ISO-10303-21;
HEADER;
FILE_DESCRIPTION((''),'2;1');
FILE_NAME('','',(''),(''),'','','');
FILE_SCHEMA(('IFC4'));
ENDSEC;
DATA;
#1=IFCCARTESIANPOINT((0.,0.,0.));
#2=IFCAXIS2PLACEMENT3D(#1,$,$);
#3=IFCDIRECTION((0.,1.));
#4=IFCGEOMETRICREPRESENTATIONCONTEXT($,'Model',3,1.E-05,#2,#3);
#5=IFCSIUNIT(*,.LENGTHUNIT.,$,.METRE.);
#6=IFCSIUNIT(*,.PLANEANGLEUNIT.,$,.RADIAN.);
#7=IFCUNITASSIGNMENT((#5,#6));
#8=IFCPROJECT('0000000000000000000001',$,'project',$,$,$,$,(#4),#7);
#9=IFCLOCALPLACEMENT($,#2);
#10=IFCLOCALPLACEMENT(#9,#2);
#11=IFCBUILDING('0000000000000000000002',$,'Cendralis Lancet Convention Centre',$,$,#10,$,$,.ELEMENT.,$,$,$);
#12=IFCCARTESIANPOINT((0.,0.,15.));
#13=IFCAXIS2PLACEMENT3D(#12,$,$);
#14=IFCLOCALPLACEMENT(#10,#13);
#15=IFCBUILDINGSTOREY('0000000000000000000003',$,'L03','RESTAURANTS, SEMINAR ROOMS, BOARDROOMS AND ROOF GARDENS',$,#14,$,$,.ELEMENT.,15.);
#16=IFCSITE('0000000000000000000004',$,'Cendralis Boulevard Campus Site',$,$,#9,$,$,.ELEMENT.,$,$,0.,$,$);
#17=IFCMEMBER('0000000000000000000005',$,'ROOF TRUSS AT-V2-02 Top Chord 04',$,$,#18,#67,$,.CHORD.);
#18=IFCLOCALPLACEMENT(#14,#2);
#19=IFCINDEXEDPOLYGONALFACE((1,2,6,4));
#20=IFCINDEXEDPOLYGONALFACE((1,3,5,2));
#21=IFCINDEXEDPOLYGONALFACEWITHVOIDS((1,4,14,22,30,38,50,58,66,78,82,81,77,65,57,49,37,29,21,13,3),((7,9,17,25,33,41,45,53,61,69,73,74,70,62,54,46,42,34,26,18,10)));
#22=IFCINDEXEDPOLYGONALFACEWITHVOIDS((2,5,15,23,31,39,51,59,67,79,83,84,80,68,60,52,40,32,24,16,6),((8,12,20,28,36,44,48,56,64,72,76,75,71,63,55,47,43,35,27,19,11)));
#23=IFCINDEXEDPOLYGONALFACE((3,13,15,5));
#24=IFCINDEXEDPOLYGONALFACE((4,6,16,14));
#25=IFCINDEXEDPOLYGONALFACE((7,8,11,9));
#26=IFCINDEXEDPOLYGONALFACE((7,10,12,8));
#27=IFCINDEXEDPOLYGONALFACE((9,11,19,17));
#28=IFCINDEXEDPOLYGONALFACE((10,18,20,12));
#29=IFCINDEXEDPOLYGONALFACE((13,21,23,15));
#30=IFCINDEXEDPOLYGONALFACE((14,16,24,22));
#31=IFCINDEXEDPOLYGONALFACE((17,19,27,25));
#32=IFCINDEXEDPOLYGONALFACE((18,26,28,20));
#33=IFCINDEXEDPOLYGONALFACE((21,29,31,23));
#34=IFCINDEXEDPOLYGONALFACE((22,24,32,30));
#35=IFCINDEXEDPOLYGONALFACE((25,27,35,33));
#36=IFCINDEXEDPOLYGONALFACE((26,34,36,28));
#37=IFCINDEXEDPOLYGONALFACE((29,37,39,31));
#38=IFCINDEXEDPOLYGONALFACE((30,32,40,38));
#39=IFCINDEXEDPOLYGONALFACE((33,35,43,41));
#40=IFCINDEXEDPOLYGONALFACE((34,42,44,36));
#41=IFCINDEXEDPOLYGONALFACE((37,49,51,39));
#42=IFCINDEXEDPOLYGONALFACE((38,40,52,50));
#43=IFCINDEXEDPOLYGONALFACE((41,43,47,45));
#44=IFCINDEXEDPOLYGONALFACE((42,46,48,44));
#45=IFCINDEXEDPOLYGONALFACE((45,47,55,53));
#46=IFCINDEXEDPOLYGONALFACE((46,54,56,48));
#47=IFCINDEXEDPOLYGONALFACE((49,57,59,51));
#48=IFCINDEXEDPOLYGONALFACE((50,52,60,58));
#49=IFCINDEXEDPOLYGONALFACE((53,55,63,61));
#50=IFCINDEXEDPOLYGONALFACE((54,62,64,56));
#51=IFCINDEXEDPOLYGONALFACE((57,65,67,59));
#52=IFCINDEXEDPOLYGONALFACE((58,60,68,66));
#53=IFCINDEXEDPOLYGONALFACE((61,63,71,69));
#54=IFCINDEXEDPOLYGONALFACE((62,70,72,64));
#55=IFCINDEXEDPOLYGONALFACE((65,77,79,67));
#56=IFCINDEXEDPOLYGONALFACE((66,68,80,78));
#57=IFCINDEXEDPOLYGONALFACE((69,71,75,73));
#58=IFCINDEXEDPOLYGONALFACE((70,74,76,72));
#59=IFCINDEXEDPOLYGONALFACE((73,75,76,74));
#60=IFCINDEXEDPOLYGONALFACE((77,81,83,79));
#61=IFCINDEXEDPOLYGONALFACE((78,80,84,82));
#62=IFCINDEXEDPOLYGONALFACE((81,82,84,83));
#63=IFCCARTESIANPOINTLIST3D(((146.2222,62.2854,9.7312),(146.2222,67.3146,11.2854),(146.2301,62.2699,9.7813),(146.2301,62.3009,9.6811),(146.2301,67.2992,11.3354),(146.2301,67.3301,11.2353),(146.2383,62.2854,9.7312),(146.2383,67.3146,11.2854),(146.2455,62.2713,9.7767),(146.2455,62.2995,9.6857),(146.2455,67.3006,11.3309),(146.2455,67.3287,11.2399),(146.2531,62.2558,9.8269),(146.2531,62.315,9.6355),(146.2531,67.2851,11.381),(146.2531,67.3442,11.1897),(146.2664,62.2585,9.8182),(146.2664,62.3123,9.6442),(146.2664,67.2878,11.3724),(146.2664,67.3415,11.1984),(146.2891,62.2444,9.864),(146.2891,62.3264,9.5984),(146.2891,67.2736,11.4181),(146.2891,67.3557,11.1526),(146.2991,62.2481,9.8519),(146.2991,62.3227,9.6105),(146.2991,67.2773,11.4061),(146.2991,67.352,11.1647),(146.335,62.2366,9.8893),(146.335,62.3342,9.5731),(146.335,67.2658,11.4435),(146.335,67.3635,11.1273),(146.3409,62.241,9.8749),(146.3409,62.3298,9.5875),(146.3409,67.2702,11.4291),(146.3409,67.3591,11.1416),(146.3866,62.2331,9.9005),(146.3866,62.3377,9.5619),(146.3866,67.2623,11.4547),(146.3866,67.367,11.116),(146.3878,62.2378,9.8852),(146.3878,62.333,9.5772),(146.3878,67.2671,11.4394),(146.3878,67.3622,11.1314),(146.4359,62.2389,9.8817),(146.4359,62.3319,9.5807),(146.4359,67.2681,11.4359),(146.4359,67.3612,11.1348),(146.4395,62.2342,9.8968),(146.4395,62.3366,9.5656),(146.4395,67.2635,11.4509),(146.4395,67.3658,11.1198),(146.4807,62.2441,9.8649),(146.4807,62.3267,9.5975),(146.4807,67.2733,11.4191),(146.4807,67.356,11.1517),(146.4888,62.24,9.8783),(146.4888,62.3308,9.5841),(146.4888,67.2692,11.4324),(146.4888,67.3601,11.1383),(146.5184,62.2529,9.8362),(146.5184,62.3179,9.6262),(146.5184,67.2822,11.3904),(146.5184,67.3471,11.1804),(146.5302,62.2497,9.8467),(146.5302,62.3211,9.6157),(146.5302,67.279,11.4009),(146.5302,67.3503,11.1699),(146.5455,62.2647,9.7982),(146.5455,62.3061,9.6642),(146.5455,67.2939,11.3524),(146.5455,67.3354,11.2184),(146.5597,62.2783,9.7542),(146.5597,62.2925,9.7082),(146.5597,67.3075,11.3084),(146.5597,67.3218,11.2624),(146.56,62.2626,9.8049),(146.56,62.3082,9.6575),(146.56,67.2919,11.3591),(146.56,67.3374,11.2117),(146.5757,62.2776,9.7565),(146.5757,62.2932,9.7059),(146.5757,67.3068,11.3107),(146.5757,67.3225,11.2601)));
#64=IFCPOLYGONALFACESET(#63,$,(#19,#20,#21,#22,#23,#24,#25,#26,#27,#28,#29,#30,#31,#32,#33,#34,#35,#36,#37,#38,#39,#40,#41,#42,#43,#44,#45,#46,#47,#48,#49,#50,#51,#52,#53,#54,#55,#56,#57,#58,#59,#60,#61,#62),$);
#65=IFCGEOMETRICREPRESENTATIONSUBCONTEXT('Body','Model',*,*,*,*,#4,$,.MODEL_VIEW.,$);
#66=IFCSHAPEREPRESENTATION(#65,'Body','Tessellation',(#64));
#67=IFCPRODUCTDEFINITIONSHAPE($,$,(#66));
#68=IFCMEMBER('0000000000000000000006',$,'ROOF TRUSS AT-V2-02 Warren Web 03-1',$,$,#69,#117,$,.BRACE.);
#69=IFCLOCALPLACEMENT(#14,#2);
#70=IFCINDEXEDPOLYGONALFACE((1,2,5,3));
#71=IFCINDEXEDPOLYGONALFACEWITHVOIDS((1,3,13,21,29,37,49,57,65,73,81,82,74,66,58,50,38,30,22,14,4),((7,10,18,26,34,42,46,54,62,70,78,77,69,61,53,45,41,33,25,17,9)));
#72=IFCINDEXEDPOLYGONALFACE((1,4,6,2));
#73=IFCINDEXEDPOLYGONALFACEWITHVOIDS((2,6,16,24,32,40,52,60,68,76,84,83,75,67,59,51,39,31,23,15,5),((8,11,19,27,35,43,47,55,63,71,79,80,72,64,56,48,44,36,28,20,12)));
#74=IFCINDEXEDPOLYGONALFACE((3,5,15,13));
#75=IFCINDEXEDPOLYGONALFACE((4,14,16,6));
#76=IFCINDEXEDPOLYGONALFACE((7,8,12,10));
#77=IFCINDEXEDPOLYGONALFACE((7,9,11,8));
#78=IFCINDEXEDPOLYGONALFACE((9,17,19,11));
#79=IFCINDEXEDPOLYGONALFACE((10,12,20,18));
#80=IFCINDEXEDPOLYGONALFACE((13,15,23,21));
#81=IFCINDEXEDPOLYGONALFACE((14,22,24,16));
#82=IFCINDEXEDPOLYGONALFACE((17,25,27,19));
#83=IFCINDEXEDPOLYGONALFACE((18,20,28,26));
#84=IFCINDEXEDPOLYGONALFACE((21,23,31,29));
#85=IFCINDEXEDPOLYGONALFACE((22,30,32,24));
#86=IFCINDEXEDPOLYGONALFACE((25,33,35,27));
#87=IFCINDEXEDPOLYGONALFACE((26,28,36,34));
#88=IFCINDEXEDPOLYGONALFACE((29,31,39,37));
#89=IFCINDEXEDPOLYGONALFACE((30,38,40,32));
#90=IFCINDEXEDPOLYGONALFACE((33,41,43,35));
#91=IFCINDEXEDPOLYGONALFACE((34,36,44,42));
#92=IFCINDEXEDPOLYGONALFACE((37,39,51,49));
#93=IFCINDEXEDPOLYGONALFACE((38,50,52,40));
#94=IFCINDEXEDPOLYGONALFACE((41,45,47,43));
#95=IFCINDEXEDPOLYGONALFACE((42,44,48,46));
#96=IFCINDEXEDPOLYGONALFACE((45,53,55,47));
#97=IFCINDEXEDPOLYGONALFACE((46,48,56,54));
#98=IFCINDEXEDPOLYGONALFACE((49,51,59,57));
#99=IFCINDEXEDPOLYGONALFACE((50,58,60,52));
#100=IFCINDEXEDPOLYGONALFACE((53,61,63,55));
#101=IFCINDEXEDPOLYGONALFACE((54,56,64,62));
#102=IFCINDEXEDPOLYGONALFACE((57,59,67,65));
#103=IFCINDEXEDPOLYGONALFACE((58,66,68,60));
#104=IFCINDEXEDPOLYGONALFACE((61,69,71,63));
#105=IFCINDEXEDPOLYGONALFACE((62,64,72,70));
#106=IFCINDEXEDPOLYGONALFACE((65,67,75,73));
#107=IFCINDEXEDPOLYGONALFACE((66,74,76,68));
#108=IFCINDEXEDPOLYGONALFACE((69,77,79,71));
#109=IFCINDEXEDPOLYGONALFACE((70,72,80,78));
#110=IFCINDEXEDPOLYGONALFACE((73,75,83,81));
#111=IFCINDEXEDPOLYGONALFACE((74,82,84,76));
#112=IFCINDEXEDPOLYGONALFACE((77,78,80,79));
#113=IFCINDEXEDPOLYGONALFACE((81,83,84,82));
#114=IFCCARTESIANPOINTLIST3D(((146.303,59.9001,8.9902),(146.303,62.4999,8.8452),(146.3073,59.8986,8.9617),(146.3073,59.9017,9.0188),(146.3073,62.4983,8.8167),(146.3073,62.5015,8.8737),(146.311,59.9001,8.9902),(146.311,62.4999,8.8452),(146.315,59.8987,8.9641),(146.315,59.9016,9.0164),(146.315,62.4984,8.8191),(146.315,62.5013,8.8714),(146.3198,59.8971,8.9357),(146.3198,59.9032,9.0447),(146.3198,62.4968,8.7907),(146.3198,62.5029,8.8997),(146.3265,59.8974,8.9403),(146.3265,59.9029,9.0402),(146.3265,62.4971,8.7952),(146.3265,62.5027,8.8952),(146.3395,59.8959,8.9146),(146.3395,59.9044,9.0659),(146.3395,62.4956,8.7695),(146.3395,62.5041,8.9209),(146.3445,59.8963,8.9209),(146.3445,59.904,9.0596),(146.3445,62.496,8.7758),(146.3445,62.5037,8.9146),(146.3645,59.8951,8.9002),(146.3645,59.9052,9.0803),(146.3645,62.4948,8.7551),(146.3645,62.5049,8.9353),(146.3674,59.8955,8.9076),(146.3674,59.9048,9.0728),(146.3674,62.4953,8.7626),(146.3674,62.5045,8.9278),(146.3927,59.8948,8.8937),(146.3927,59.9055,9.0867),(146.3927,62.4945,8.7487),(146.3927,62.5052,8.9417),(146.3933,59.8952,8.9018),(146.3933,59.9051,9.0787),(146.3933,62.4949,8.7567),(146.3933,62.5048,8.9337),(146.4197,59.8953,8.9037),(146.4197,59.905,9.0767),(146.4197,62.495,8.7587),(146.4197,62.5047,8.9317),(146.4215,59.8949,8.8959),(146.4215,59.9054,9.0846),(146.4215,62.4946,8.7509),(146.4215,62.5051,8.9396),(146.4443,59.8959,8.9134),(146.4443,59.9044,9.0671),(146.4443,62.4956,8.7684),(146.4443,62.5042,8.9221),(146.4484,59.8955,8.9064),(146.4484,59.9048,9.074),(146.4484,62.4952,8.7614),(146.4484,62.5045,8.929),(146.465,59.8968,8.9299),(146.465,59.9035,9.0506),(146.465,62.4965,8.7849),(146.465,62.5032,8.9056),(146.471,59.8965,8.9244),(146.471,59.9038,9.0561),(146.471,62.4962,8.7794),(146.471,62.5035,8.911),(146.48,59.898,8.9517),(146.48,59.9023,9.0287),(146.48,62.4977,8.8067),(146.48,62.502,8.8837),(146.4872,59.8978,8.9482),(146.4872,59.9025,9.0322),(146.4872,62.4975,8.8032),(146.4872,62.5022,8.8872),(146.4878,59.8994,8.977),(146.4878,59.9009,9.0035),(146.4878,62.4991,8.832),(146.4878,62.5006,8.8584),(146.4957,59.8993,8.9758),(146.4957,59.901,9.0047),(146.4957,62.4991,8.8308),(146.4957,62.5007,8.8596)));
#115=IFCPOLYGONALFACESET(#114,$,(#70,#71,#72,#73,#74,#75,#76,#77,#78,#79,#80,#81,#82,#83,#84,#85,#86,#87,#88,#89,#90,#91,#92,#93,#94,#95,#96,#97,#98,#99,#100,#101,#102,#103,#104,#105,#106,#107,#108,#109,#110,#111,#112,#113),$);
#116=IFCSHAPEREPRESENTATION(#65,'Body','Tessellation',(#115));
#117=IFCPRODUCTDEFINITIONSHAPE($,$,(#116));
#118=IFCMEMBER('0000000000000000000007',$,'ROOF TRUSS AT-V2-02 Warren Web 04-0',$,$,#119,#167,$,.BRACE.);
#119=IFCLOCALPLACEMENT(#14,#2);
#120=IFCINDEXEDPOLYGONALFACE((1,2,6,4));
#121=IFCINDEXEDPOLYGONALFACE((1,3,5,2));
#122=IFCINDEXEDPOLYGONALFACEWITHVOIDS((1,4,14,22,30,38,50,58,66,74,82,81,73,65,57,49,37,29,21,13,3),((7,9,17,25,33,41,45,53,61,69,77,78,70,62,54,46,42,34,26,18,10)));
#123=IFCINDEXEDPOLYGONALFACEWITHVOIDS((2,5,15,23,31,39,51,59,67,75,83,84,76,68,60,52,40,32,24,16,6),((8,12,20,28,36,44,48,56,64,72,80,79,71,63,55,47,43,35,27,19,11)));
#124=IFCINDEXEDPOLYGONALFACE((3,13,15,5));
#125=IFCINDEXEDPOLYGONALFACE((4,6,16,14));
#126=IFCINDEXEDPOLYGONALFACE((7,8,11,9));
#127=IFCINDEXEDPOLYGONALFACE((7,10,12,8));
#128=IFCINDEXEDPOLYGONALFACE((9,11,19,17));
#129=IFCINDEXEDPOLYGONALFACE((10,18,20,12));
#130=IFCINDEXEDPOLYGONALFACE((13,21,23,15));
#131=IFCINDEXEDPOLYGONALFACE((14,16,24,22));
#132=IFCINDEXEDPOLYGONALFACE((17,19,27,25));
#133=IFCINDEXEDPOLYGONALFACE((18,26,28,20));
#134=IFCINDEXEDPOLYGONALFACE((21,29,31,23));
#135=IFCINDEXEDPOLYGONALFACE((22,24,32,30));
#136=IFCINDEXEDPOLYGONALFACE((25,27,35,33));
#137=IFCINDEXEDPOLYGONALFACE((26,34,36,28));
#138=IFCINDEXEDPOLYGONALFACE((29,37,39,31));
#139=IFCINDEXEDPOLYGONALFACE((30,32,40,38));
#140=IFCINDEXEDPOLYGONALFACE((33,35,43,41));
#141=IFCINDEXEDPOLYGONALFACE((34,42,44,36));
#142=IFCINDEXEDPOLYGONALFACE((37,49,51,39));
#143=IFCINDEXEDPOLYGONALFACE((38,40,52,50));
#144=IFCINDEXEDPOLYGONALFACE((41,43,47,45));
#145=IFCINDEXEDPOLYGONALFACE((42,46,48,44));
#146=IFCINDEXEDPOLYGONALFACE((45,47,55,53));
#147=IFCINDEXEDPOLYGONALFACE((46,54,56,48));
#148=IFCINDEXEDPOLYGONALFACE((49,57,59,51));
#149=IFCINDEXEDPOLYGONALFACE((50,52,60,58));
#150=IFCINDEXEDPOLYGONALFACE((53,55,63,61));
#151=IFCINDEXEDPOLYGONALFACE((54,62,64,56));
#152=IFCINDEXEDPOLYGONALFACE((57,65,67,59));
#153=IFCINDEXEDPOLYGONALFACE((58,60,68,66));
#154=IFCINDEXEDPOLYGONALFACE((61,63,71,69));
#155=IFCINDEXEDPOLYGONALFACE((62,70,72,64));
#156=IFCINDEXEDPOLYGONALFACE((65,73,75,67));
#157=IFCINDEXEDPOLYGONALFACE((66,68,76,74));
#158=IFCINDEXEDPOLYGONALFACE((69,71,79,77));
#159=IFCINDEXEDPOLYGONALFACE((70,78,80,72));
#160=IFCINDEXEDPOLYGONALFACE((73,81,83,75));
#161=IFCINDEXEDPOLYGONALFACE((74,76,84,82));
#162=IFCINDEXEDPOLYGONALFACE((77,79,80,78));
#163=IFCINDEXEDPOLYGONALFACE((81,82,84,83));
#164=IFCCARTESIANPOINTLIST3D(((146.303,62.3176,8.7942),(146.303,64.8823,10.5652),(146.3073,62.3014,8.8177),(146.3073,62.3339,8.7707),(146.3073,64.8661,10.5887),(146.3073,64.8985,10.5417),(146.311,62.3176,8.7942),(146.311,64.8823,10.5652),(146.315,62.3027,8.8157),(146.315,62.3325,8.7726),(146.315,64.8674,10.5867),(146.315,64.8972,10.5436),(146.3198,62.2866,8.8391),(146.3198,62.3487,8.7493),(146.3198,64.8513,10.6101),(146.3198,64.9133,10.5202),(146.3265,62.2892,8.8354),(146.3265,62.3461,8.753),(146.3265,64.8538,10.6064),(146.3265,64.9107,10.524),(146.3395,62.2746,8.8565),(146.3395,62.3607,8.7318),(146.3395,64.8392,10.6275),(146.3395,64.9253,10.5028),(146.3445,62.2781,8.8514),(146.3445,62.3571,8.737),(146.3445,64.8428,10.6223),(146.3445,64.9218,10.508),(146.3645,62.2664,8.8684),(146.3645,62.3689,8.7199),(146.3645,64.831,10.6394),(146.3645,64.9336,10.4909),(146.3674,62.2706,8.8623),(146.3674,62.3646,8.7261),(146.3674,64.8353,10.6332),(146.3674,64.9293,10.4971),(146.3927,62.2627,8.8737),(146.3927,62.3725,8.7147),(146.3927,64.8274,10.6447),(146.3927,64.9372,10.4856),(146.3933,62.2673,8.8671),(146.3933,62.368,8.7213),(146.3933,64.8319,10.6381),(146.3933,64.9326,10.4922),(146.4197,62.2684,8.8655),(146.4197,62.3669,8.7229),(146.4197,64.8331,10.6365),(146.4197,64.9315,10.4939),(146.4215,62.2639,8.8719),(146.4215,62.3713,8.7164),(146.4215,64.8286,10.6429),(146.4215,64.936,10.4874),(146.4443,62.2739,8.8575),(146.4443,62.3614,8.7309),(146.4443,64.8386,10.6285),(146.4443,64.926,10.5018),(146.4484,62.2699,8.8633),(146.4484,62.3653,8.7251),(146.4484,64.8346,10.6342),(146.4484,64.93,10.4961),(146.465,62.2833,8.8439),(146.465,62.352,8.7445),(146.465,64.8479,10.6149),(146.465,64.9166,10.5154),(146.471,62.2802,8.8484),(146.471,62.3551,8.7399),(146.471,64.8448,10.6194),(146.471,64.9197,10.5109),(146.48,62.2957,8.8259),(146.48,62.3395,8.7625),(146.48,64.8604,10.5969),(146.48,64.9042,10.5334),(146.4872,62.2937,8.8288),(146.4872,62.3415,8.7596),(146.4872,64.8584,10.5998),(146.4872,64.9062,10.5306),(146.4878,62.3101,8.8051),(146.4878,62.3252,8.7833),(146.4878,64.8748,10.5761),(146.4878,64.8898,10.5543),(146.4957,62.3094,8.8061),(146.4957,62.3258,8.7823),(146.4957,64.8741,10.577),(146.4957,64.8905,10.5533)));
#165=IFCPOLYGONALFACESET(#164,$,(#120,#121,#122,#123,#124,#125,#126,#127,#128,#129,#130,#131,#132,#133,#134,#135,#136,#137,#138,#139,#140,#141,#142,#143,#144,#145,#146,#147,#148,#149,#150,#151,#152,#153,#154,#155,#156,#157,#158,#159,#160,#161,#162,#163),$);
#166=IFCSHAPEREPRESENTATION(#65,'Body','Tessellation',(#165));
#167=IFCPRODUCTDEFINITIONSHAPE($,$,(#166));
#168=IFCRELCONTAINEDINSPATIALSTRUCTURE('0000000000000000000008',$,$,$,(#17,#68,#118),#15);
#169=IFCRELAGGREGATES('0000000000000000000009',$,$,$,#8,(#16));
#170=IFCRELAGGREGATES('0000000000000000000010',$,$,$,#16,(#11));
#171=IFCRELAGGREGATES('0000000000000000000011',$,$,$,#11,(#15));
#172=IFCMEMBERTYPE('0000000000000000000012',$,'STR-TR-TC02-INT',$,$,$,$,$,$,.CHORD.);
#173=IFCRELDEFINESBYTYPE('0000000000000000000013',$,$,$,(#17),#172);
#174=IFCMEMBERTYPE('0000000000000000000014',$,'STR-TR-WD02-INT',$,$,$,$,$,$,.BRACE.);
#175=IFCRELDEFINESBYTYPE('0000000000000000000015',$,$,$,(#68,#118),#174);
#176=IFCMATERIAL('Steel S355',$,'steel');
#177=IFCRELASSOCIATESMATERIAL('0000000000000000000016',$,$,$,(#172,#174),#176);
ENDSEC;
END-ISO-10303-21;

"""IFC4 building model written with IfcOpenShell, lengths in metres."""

from ifc_helpers import new_model, si_unit, direction, frame, origin, origin_2d, place, context, subcontext, project, spatial, hollow_circle, extrude, material, material_profile, profile_set, type_object, element, save


model = new_model("IFC4")

# Units and contexts
model_context = context("Model", 3, precision=1e-05, world=origin(), true_north=direction((0.0, 1.0)))
body_context = subcontext(model_context, "Body", "Model", "MODEL_VIEW")
ifc_project = project(units=[si_unit("LENGTHUNIT", "METRE"), si_unit("PLANEANGLEUNIT", "RADIAN")], contexts=[model_context])

# Site, building, storey
site_placement = place(None, origin())
site = spatial("IfcSite", under=ifc_project, at=site_placement, Name="Cendralis Boulevard Campus Site", CompositionType="ELEMENT", RefElevation=0.0)
building_placement = place(site_placement, origin())
building = spatial("IfcBuilding", under=site, at=building_placement, Name="Cendralis Lancet Convention Centre", CompositionType="ELEMENT")
storey_placement = place(building_placement, frame((0.0, 0.0, 15.0)))
storey = spatial("IfcBuildingStorey", under=building, at=storey_placement, Name="L03", Description="RESTAURANTS, SEMINAR ROOMS, BOARDROOMS AND ROOF GARDENS", CompositionType="ELEMENT", Elevation=15.0)

# Shared definitions
ifc_material_1 = material(Name="Steel S355", Category="steel")

# Members
ifc_material_profile_1 = material_profile(ifc_material_1, hollow_circle(Radius=0.1777, WallThickness=0.0161, at=origin_2d()), Name="CHS 355.6x16.0")
ifc_profile_set_1 = profile_set([ifc_material_profile_1], Name="Steel S355")
member_type_1 = type_object("IfcMemberType", Name="STR-TR-TC02-INT", PredefinedType="CHORD", material=ifc_profile_set_1)
member_1_placement = place(storey_placement, frame((146.3999, 62.2854, 9.7312), z_axis=(0.0, 0.955419, 0.295252), x_axis=(-1.0, 0.0, 0.0)))
element("IfcMember", 1, at=member_1_placement, inside=storey, type_object=member_type_1, Name="ROOF TRUSS AT-V2-02 Top Chord 04", PredefinedType="CHORD", context=body_context, shape_type="SweptSolid", body=[
    extrude(hollow_circle(Radius=0.1777, WallThickness=0.0161, at=origin_2d()), origin(), (0.0, 0.0, 1.0), 5.2639),
])
ifc_material_profile_2 = material_profile(ifc_material_1, hollow_circle(Radius=0.0969, WallThickness=0.0081, at=origin_2d()), Name="CHS 193.7x8.0")
ifc_profile_set_2 = profile_set([ifc_material_profile_2], Name="Steel S355")
member_type_2 = type_object("IfcMemberType", Name="STR-TR-WD02-INT", PredefinedType="BRACE", material=ifc_profile_set_2)
member_2_placement = place(storey_placement, frame((146.3999, 59.9001, 8.9902), z_axis=(0.0, 0.998448, -0.055699), x_axis=(-1.0, 0.0, 0.0)))
element("IfcMember", 2, at=member_2_placement, inside=storey, type_object=member_type_2, Name="ROOF TRUSS AT-V2-02 Warren Web 03-1", PredefinedType="BRACE", context=body_context, shape_type="SweptSolid", body=[
    extrude(hollow_circle(Radius=0.0969, WallThickness=0.0081, at=origin_2d()), origin(), (0.0, 0.0, 1.0), 2.6038),
])
member_3_placement = place(storey_placement, frame((146.3999, 62.3176, 8.7942), z_axis=(0.0, 0.822877, 0.56822), x_axis=(-1.0, 0.0, 0.0)))
element("IfcMember", 3, at=member_3_placement, inside=storey, type_object=member_type_2, Name="ROOF TRUSS AT-V2-02 Warren Web 04-0", PredefinedType="BRACE", context=body_context, shape_type="SweptSolid", body=[
    extrude(hollow_circle(Radius=0.0969, WallThickness=0.0081, at=origin_2d()), origin(), (0.0, 0.0, 1.0), 3.1167),
])

save(model, "model.ifc")
